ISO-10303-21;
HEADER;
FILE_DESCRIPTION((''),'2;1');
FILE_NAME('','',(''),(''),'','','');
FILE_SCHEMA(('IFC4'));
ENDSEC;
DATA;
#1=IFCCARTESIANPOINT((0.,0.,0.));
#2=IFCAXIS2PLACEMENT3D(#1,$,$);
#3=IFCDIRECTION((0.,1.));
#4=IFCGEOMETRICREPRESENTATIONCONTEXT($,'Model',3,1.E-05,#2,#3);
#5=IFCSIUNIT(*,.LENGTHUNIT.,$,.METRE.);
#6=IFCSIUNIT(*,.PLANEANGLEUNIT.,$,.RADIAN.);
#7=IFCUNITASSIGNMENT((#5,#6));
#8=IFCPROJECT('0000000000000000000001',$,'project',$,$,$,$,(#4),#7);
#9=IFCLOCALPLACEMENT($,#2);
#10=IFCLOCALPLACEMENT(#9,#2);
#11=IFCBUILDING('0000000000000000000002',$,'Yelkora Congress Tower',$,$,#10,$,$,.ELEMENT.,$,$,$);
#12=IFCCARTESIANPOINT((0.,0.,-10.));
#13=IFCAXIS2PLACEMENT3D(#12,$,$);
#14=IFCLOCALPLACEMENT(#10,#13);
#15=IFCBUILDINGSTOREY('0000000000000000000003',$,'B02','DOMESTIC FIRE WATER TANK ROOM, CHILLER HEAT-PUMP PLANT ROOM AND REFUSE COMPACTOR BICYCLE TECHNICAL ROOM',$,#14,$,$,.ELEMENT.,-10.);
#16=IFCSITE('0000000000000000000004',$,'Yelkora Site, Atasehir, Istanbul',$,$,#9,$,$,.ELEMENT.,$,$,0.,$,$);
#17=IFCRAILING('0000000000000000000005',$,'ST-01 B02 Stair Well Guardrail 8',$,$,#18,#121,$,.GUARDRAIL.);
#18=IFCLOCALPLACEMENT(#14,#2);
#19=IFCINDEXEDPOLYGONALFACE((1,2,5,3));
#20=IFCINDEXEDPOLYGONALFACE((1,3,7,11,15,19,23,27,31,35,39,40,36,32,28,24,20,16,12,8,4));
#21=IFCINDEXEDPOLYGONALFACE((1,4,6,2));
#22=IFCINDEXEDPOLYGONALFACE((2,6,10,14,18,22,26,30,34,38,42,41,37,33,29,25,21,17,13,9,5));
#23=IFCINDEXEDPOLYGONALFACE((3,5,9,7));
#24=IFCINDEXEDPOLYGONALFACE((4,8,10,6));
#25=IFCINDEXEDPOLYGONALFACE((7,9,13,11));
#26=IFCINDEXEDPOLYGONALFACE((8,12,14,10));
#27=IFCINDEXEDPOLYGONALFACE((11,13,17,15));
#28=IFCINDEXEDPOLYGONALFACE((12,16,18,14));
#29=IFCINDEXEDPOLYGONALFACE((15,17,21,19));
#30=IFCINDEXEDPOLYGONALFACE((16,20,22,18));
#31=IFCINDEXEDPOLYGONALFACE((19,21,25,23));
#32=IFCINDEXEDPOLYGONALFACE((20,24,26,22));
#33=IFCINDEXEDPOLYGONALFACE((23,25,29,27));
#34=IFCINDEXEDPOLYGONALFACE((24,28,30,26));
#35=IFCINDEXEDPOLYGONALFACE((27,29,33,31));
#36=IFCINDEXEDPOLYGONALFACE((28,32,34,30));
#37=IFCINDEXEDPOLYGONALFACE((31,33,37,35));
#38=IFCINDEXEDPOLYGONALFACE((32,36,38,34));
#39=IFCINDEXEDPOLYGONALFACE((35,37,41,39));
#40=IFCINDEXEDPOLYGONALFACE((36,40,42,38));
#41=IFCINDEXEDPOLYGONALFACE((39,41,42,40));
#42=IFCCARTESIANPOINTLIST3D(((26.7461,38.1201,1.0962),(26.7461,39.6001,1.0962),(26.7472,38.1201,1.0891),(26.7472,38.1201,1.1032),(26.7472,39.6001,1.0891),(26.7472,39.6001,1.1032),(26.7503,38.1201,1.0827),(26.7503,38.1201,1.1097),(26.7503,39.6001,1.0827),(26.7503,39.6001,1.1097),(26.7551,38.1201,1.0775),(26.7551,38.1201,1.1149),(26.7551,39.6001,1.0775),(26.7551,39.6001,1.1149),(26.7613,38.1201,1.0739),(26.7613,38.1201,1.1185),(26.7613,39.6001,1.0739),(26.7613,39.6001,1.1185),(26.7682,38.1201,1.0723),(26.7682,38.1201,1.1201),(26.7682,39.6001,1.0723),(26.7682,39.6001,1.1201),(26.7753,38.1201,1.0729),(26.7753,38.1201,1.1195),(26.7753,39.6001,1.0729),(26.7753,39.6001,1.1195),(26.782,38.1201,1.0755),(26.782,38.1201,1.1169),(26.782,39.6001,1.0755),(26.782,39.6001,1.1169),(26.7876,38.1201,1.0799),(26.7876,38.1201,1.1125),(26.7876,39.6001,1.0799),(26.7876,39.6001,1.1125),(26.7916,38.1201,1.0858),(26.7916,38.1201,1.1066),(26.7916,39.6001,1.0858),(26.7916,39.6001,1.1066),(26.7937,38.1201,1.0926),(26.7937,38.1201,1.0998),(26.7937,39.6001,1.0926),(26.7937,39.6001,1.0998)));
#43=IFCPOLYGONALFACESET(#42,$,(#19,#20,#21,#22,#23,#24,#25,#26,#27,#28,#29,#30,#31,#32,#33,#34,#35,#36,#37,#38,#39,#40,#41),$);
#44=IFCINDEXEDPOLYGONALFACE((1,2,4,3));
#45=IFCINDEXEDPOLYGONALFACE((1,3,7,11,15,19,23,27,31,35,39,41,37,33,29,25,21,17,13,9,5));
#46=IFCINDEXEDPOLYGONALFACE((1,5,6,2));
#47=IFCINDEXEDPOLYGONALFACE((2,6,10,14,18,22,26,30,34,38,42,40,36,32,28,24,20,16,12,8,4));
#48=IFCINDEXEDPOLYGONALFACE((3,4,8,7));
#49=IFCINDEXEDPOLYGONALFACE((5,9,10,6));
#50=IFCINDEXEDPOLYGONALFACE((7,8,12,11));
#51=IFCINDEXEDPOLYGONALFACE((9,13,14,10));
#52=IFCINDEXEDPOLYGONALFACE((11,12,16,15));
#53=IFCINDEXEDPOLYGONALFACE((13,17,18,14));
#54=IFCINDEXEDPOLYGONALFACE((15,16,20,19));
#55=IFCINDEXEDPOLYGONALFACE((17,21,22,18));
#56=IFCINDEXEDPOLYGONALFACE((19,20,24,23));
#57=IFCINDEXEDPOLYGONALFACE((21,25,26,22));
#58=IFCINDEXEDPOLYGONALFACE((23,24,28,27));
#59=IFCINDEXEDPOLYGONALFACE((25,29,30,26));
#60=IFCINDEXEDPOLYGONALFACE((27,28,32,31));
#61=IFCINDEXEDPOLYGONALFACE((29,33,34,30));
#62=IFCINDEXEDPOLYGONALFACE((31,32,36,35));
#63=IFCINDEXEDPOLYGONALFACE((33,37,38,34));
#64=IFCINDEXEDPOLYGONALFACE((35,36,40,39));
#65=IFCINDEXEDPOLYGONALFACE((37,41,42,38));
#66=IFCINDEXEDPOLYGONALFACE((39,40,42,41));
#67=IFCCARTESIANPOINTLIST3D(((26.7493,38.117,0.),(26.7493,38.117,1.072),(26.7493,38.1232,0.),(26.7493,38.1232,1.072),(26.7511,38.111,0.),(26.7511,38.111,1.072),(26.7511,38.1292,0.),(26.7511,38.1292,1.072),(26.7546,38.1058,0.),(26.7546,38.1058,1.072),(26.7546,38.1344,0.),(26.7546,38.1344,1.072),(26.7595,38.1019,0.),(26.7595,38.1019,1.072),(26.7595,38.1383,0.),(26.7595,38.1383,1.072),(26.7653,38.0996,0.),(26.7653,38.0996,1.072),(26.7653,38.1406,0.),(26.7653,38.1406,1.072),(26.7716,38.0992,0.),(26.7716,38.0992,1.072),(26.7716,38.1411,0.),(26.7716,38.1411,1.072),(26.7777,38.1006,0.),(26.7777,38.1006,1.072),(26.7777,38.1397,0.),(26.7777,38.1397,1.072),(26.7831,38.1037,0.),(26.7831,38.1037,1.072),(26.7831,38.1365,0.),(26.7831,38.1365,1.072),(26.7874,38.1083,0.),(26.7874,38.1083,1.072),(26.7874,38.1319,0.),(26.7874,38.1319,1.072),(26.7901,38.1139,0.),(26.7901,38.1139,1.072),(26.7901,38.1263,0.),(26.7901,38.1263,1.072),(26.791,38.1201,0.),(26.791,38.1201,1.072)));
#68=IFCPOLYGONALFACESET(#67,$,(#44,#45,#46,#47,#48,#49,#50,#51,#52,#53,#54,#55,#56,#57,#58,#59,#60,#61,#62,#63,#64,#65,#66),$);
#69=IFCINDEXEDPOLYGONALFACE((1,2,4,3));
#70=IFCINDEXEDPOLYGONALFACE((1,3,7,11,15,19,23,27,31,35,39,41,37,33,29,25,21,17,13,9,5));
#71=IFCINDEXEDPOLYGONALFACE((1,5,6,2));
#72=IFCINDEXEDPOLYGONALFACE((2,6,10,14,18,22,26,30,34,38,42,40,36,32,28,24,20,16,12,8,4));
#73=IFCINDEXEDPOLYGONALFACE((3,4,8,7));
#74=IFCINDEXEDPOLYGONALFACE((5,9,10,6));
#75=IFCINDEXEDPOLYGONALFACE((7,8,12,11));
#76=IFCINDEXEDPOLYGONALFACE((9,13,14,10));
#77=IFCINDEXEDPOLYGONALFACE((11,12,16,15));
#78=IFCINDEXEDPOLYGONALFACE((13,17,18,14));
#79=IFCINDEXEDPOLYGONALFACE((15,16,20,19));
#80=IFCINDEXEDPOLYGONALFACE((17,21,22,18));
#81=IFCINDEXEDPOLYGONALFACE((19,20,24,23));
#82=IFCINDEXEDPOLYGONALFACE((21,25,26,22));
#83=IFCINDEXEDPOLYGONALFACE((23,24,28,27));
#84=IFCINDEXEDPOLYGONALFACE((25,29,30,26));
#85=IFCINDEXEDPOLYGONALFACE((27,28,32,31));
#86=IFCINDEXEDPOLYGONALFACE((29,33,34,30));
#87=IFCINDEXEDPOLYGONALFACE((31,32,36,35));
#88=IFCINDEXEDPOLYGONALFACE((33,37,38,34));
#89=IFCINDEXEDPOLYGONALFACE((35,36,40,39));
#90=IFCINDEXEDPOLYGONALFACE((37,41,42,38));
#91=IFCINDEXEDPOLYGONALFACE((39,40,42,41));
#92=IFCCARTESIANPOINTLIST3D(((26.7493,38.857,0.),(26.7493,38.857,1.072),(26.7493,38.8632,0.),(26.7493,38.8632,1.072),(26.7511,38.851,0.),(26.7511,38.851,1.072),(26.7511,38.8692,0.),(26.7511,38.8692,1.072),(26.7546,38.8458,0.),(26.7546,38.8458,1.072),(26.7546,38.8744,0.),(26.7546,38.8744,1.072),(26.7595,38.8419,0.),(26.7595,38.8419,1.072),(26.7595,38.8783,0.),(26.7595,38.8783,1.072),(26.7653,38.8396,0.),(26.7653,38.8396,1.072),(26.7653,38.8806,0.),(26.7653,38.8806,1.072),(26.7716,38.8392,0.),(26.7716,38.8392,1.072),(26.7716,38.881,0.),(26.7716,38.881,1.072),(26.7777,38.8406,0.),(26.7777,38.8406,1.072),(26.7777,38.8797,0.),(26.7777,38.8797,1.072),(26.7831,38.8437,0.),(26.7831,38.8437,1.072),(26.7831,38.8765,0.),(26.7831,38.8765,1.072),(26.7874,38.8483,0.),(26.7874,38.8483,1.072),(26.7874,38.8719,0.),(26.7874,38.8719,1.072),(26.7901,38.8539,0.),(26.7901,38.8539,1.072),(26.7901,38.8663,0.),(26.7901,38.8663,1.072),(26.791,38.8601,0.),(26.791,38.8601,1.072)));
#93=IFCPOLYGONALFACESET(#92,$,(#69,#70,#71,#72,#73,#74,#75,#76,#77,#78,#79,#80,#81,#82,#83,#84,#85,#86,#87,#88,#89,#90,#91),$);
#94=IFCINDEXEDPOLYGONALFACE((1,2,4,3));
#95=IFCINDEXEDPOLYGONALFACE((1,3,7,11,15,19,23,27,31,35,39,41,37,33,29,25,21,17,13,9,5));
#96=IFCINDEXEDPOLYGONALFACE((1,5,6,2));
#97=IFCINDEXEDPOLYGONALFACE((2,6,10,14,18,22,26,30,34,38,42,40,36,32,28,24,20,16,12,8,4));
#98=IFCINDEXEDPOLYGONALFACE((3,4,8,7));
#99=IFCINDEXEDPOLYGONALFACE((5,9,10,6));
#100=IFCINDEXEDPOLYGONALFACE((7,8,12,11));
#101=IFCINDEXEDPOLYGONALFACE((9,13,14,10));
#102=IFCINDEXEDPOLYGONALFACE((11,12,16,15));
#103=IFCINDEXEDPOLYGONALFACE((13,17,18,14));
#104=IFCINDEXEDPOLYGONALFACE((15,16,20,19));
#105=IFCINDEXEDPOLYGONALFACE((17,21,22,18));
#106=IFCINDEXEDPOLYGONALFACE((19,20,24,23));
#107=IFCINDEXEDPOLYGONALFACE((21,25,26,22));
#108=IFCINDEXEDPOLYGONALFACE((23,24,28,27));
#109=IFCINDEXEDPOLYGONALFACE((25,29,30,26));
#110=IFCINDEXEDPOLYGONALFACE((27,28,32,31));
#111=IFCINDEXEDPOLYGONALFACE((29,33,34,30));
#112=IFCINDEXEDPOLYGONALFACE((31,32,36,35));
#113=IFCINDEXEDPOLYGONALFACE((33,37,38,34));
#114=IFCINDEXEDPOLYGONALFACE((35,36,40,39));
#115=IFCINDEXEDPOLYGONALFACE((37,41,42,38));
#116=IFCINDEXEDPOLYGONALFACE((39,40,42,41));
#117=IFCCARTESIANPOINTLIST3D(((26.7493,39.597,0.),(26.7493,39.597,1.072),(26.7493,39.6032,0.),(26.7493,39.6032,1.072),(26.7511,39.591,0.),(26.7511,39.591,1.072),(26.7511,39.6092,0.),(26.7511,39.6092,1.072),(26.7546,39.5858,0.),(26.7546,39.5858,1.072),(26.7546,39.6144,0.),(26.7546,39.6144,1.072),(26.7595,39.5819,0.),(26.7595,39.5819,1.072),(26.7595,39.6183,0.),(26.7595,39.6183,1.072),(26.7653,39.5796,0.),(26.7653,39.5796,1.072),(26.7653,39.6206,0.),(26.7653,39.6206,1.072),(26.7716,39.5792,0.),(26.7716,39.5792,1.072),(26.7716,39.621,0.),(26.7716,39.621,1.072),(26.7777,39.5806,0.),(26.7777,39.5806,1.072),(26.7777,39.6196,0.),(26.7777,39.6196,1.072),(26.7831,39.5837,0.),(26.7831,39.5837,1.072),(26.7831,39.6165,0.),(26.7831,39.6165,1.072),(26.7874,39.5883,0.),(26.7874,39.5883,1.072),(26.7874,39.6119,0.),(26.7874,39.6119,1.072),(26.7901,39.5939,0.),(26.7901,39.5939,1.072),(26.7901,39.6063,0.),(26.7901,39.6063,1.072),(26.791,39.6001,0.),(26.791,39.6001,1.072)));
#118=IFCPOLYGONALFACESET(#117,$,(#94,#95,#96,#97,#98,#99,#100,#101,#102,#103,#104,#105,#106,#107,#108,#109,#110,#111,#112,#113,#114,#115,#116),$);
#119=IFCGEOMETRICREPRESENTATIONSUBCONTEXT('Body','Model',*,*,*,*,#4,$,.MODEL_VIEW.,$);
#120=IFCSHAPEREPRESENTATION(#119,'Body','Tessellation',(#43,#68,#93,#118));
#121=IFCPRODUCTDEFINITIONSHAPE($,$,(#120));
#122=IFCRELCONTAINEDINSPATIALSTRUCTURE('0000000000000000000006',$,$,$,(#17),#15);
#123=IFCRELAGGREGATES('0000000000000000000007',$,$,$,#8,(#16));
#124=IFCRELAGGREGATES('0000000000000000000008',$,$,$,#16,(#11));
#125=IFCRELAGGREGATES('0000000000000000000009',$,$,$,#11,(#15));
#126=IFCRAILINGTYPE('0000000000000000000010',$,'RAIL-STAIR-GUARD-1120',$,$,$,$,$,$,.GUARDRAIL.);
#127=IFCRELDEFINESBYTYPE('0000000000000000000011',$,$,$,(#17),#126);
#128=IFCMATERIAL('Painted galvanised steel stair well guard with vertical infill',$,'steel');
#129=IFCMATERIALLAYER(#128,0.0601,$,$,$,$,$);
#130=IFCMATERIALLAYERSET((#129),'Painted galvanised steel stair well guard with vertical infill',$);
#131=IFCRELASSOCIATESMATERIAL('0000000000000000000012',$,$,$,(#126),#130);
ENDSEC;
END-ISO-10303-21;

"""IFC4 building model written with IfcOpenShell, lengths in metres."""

from ifc_helpers import new_model, si_unit, direction, frame, origin, origin_2d, place, context, subcontext, project, spatial, circle, extrude, material, layer, layer_set, type_object, element, save


model = new_model("IFC4")

# Units and contexts
model_context = context("Model", 3, precision=1e-05, world=origin(), true_north=direction((0.0, 1.0)))
body_context = subcontext(model_context, "Body", "Model", "MODEL_VIEW")
ifc_project = project(units=[si_unit("LENGTHUNIT", "METRE"), si_unit("PLANEANGLEUNIT", "RADIAN")], contexts=[model_context])

# Site, building, storey
site_placement = place(None, origin())
site = spatial("IfcSite", under=ifc_project, at=site_placement, Name="Yelkora Site, Atasehir, Istanbul", CompositionType="ELEMENT", RefElevation=0.0)
building_placement = place(site_placement, origin())
building = spatial("IfcBuilding", under=site, at=building_placement, Name="Yelkora Congress Tower", CompositionType="ELEMENT")
storey_placement = place(building_placement, frame((0.0, 0.0, -10.0)))
storey = spatial("IfcBuildingStorey", under=building, at=storey_placement, Name="B02", Description="DOMESTIC FIRE WATER TANK ROOM, CHILLER HEAT-PUMP PLANT ROOM AND REFUSE COMPACTOR BICYCLE TECHNICAL ROOM", CompositionType="ELEMENT", Elevation=-10.0)

# Railing
ifc_material_1 = material(Name="Painted galvanised steel stair well guard with vertical infill", Category="steel")
ifc_layer_1 = layer(ifc_material_1, 0.0601)
ifc_layer_set_1 = layer_set([ifc_layer_1], Name="Painted galvanised steel stair well guard with vertical infill")
railing_type_1 = type_object("IfcRailingType", Name="RAIL-STAIR-GUARD-1120", PredefinedType="GUARDRAIL", material=ifc_layer_set_1)
railing_1_placement = place(storey_placement, frame((26.77, 38.1201, 0.0)))
element("IfcRailing", 1, at=railing_1_placement, inside=storey, type_object=railing_type_1, Name="ST-01 B02 Stair Well Guardrail 8", PredefinedType="GUARDRAIL", context=body_context, shape_type="SweptSolid", body=[
    extrude(circle(Radius=0.0239, at=origin_2d()), frame((0.0, 0.0, 1.0962), z_axis=(0.0, 1.0, 0.0), x_axis=(-1.0, 0.0, 0.0)), (0.0, 0.0, 1.0), 1.48),
    extrude(circle(Radius=0.021, at=origin_2d()), origin(), (0.0, 0.0, 1.0), 1.072),
    extrude(circle(Radius=0.021, at=origin_2d()), frame((0.0, 0.74, 0.0)), (0.0, 0.0, 1.0), 1.072),
    extrude(circle(Radius=0.021, at=origin_2d()), frame((0.0, 1.48, 0.0)), (0.0, 0.0, 1.0), 1.072),
])

save(model, "model.ifc")
